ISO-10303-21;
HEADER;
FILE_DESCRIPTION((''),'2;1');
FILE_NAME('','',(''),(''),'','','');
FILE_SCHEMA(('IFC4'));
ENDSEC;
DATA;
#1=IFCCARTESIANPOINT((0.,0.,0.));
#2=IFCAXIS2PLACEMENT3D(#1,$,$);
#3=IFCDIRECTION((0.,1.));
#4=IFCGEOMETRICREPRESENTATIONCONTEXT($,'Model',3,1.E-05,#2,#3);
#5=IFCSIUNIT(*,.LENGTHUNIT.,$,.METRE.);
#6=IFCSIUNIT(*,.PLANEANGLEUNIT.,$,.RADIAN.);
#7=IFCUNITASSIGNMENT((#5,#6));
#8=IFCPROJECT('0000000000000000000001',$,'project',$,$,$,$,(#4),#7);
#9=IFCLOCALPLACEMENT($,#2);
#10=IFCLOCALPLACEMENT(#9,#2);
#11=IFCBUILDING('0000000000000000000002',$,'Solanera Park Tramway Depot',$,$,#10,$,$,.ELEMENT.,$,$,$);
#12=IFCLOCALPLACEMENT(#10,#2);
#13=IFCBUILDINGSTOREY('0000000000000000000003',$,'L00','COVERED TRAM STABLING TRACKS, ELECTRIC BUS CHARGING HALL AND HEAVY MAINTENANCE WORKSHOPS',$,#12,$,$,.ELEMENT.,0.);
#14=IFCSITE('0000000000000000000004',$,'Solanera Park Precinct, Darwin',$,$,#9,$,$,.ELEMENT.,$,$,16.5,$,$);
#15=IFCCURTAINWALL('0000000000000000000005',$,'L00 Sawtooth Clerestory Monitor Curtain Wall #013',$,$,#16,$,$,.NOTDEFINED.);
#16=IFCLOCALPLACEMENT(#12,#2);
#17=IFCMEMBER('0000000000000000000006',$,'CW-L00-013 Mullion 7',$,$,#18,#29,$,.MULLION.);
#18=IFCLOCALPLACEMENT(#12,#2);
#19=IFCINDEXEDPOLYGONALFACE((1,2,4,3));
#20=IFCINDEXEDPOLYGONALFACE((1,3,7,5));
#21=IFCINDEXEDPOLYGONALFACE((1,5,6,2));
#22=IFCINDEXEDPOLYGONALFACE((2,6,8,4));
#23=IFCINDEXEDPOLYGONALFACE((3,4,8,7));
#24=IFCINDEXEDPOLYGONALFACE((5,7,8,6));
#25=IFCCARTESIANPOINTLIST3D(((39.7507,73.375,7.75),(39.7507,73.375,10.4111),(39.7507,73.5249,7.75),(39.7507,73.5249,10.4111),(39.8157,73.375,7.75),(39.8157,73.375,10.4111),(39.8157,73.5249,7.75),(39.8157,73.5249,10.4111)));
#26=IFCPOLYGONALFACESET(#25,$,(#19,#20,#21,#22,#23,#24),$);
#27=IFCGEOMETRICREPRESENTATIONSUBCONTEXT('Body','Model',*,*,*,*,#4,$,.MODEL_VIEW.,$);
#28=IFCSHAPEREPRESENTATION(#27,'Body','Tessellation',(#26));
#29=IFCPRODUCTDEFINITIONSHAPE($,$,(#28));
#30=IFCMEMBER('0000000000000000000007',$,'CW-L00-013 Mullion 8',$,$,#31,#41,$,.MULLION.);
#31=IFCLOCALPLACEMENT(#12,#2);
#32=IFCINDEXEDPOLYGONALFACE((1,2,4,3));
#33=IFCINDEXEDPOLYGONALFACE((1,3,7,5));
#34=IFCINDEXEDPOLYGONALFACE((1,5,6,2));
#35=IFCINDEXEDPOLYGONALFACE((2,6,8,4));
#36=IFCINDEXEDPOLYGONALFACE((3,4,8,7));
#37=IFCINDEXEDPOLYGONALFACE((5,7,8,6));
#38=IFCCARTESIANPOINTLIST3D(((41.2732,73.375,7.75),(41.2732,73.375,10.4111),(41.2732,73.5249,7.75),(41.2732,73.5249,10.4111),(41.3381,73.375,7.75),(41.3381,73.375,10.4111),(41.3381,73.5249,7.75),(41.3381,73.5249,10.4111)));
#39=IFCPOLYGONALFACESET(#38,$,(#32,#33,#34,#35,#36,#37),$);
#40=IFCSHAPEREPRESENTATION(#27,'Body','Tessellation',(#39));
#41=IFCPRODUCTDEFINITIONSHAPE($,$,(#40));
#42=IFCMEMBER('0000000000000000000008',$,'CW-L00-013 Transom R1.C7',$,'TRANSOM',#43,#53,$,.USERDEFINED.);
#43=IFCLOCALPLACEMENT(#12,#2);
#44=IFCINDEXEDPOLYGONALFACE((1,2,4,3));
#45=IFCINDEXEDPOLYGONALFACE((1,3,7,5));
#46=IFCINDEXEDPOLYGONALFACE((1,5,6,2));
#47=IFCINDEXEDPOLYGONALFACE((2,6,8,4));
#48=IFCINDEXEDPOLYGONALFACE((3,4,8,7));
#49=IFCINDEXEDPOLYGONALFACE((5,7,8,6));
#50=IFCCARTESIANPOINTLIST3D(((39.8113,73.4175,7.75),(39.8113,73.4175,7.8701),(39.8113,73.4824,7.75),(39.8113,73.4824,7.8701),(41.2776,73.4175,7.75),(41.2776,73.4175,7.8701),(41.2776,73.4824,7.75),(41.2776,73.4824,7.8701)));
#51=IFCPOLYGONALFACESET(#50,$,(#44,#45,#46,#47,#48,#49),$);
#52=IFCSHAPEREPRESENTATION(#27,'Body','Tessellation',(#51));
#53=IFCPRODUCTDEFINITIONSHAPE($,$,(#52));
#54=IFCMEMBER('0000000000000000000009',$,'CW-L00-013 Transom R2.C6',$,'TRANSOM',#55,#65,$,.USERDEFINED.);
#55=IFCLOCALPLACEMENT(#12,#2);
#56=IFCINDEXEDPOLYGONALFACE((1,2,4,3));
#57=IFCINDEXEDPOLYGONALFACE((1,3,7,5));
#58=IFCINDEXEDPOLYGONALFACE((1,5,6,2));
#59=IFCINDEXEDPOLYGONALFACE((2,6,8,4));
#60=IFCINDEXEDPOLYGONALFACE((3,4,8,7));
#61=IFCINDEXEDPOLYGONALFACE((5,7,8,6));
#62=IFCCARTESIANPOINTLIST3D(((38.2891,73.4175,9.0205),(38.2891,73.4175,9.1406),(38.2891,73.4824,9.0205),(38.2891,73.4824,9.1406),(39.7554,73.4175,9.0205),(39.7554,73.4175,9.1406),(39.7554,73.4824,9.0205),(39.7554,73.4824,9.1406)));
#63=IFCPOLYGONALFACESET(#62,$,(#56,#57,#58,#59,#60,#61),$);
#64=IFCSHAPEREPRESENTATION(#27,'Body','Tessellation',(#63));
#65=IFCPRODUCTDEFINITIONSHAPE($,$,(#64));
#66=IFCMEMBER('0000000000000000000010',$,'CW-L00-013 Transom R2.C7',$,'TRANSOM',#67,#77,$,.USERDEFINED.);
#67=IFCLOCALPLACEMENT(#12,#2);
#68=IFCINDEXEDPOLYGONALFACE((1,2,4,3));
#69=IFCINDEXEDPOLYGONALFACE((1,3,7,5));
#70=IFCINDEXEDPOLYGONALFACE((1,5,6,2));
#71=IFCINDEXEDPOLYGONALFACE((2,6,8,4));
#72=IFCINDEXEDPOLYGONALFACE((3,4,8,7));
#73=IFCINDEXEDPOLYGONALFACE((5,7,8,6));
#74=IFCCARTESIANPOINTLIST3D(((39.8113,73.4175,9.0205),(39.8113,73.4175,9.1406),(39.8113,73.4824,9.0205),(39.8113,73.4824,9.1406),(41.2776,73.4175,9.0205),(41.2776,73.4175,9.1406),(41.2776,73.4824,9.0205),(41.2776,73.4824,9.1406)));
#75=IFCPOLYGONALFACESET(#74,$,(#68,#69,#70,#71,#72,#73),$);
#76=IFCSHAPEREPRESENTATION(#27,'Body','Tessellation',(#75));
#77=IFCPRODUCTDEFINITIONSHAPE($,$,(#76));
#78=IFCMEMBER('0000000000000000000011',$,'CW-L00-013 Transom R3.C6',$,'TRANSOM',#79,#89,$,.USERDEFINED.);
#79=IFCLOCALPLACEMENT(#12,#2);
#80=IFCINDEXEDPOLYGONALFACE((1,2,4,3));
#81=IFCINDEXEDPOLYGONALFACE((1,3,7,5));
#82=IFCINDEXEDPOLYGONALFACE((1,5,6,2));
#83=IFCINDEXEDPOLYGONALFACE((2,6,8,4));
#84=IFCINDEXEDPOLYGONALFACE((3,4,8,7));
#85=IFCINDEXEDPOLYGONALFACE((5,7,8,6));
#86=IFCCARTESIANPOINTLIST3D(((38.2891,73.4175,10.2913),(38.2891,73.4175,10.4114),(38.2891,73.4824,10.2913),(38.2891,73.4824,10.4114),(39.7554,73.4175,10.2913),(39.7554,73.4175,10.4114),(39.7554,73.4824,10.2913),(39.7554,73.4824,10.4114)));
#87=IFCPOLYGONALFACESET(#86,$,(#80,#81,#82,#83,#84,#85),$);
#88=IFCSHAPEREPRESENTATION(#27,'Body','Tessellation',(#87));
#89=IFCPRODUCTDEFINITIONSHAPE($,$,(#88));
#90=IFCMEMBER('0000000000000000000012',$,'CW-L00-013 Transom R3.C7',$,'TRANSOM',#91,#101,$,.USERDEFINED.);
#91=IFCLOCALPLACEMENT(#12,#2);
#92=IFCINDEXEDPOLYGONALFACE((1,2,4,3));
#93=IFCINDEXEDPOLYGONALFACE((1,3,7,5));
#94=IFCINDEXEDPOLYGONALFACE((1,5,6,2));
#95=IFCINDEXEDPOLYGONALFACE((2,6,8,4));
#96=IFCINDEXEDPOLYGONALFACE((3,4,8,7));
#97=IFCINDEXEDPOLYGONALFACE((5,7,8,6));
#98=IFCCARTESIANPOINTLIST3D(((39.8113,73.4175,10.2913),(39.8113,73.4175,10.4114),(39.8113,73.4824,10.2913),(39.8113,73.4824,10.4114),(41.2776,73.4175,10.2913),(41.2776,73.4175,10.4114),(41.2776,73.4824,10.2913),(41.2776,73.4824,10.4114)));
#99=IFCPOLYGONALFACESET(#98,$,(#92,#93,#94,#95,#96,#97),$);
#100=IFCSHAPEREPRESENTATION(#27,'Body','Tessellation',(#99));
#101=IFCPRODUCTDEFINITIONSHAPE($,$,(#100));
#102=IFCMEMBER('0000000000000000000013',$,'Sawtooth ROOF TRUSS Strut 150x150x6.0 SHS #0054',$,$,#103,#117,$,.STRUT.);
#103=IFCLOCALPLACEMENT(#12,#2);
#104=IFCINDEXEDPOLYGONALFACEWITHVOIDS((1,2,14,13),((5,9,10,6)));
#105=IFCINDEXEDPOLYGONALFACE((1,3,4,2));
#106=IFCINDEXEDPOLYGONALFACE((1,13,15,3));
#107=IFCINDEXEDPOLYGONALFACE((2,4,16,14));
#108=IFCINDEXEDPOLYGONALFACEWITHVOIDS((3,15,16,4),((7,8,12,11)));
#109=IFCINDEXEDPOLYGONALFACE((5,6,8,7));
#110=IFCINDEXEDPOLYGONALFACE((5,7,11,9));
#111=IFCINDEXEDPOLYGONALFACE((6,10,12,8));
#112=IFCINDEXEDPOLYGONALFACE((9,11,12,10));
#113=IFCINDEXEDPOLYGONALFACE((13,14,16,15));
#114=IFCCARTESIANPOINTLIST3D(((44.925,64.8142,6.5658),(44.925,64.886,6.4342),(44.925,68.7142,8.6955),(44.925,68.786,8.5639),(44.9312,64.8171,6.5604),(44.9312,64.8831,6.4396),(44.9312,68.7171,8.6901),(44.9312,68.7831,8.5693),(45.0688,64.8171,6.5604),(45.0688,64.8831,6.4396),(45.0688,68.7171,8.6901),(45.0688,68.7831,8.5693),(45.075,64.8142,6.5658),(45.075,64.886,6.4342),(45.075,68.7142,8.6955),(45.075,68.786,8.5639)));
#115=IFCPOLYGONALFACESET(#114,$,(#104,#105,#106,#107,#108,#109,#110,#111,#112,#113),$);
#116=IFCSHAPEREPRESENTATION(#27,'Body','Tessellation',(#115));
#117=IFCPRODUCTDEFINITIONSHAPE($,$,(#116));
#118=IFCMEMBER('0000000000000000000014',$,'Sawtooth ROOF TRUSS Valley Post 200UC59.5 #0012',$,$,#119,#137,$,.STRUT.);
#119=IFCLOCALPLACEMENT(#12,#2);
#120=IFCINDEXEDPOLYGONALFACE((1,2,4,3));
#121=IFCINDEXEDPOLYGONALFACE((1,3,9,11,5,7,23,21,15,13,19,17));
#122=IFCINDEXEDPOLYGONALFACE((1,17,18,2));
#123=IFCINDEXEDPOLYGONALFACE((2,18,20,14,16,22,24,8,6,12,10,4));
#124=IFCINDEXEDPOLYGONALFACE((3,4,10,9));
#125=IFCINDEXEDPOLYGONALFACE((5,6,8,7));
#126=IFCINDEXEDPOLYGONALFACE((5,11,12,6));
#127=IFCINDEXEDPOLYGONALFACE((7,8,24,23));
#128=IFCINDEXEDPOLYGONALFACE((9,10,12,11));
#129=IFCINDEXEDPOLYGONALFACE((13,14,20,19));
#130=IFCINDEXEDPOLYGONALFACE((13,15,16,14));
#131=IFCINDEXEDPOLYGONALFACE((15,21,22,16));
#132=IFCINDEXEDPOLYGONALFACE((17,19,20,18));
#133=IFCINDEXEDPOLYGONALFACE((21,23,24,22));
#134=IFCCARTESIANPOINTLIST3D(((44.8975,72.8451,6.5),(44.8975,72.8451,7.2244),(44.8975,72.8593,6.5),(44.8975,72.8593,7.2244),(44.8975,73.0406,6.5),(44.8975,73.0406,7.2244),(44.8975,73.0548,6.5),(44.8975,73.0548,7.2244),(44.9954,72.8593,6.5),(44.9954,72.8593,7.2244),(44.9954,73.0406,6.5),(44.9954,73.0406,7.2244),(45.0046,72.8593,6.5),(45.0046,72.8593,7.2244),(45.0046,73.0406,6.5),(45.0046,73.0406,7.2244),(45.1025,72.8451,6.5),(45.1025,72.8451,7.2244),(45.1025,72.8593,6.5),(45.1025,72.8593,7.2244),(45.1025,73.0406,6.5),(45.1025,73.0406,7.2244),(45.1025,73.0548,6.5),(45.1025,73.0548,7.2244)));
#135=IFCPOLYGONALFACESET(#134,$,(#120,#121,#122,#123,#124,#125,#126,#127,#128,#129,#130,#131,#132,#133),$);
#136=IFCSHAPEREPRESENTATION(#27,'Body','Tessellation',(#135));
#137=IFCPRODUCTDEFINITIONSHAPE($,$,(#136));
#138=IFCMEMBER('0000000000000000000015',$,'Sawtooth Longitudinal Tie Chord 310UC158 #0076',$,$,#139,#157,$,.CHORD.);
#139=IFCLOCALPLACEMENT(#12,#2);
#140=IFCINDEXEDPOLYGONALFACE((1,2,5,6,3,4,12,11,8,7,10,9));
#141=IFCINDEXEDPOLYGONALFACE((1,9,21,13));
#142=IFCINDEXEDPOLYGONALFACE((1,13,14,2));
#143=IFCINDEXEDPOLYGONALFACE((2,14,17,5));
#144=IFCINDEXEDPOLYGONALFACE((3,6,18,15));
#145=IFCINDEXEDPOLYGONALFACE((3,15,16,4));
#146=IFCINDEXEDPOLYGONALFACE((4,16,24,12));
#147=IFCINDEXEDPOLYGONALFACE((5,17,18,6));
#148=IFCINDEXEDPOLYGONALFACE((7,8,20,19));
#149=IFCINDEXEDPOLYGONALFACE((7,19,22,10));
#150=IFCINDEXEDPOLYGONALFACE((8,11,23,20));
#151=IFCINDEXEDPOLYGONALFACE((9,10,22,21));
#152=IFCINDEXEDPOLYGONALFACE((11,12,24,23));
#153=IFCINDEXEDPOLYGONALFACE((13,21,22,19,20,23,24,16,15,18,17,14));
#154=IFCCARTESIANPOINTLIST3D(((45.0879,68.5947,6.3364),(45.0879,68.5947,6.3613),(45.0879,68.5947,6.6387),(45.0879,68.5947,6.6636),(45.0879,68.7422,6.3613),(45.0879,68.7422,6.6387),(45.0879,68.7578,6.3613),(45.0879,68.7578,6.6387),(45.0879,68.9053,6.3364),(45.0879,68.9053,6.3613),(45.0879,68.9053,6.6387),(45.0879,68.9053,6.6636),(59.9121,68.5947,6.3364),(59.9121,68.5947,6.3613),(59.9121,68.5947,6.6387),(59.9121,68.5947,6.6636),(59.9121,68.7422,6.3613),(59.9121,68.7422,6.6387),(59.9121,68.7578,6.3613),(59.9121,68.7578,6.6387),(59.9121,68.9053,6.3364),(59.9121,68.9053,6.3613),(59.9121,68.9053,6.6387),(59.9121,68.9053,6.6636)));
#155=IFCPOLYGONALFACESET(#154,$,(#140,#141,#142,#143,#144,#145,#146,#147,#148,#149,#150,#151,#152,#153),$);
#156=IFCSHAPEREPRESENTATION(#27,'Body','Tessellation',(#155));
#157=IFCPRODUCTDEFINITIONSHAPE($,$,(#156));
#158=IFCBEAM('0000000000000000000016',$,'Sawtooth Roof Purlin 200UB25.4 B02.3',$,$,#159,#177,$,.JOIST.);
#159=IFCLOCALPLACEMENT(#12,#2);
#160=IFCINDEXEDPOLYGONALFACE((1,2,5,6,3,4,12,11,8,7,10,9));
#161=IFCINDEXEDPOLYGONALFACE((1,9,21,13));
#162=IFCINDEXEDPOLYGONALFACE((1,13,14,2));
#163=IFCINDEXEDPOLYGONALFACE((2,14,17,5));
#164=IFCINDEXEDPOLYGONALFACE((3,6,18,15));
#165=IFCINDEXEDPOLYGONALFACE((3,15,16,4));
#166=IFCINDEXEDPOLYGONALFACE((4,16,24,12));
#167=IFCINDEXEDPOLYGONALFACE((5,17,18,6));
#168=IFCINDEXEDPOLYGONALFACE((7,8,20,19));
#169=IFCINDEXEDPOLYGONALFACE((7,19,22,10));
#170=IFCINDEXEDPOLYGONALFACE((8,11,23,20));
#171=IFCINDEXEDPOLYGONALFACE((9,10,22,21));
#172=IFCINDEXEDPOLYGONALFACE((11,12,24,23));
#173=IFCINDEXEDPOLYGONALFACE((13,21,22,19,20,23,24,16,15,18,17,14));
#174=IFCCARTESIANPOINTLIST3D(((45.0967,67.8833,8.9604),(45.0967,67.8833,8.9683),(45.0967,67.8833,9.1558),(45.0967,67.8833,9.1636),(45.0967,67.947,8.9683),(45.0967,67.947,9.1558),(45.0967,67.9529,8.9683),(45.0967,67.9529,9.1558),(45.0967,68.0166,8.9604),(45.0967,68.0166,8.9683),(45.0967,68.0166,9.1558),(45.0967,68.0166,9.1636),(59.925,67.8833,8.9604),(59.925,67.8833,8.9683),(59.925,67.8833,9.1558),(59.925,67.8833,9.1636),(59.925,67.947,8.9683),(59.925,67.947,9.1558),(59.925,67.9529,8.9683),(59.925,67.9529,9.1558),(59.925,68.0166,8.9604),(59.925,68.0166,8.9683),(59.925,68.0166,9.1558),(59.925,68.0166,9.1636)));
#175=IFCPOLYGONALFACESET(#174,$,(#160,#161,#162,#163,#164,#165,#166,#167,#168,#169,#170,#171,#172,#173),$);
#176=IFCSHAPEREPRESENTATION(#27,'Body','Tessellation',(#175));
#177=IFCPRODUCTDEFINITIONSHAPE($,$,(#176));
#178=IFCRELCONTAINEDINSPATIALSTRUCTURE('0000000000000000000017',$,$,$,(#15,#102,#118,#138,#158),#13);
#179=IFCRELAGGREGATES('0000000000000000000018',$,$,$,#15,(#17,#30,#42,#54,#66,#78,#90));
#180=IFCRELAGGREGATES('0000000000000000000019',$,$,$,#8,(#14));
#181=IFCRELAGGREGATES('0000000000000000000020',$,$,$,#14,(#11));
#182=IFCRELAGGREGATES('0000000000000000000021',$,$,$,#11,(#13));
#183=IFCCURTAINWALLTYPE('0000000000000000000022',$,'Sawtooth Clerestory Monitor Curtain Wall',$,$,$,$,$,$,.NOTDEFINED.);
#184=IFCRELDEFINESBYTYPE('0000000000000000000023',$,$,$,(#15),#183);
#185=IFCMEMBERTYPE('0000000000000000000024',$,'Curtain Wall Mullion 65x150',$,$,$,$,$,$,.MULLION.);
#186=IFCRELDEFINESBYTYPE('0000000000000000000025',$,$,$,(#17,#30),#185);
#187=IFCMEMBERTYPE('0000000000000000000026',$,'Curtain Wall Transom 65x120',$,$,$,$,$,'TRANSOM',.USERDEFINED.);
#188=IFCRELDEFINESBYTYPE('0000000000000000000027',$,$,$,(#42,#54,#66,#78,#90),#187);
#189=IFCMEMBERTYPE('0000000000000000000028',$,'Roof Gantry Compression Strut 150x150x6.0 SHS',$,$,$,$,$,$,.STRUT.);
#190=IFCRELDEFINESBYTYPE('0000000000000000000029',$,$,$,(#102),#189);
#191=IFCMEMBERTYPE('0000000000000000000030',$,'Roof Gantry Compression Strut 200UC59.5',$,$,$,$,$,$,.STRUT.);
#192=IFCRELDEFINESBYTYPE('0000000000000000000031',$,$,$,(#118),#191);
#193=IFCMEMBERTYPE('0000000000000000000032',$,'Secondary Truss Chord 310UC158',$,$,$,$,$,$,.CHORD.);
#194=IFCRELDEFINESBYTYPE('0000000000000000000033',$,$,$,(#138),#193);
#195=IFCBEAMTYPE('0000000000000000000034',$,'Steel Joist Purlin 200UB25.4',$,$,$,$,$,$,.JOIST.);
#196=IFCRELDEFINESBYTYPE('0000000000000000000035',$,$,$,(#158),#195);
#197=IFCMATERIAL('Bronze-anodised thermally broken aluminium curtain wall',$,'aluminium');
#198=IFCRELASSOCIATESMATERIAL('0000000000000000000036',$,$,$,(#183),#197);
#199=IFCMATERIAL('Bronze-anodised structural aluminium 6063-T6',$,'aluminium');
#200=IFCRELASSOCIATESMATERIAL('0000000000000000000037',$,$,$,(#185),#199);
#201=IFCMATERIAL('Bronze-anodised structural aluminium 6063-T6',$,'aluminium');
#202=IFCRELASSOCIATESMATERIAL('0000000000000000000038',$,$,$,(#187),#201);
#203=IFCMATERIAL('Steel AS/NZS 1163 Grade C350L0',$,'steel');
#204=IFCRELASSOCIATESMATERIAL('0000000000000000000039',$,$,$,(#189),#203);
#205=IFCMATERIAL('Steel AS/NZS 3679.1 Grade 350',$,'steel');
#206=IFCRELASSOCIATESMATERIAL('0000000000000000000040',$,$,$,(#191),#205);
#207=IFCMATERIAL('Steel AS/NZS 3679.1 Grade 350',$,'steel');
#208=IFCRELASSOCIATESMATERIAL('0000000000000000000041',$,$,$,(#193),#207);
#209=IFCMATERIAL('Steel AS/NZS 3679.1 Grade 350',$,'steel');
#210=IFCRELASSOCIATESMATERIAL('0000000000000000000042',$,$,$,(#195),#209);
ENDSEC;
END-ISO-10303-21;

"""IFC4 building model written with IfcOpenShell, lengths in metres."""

from ifc_helpers import new_model, si_unit, direction, frame, origin, origin_2d, place, context, subcontext, project, spatial, rectangle, hollow_rectangle, i_section, extrude, material, material_profile, profile_set, type_object, element, aggregate, save


model = new_model("IFC4")

# Units and contexts
model_context = context("Model", 3, precision=1e-05, world=origin(), true_north=direction((0.0, 1.0)))
body_context = subcontext(model_context, "Body", "Model", "MODEL_VIEW")
ifc_project = project(units=[si_unit("LENGTHUNIT", "METRE"), si_unit("PLANEANGLEUNIT", "RADIAN")], contexts=[model_context])

# Site, building, storey
site_placement = place(None, origin())
site = spatial("IfcSite", under=ifc_project, at=site_placement, Name="Solanera Park Precinct, Darwin", CompositionType="ELEMENT", RefElevation=16.5)
building_placement = place(site_placement, origin())
building = spatial("IfcBuilding", under=site, at=building_placement, Name="Solanera Park Tramway Depot", CompositionType="ELEMENT")
storey_placement = place(building_placement, origin())
storey = spatial("IfcBuildingStorey", under=building, at=storey_placement, Name="L00", Description="COVERED TRAM STABLING TRACKS, ELECTRIC BUS CHARGING HALL AND HEAVY MAINTENANCE WORKSHOPS", CompositionType="ELEMENT", Elevation=0.0)

# Curtain wall, members
ifc_material_1 = material(Name="Bronze-anodised thermally broken aluminium curtain wall", Category="aluminium")
curtain_wall_type = type_object("IfcCurtainWallType", Name="Sawtooth Clerestory Monitor Curtain Wall", PredefinedType="NOTDEFINED", material=ifc_material_1)
curtain_wall_placement = place(storey_placement, origin())
curtain_wall = element("IfcCurtainWall", 1, at=curtain_wall_placement, inside=storey, type_object=curtain_wall_type, Name="L00 Sawtooth Clerestory Monitor Curtain Wall #013", PredefinedType="NOTDEFINED")
ifc_material_2 = material(Name="Bronze-anodised structural aluminium 6063-T6", Category="aluminium")
ifc_material_profile_1 = material_profile(ifc_material_2, rectangle(XDim=0.0649, YDim=0.1499, at=origin_2d()), Name="Curtain Wall Mullion 65x150")
ifc_profile_set_1 = profile_set([ifc_material_profile_1], Name="Bronze-anodised structural aluminium 6063-T6")
member_type_1 = type_object("IfcMemberType", Name="Curtain Wall Mullion 65x150", PredefinedType="MULLION", material=ifc_profile_set_1)
member_1_placement = place(storey_placement, frame((39.7832, 73.45, 7.75), z_axis=(0.0, 0.0, 1.0), x_axis=(1.0, 0.0, 0.0)))
member_1 = element("IfcMember", 2, at=member_1_placement, type_object=member_type_1, Name="CW-L00-013 Mullion 7", PredefinedType="MULLION", context=body_context, shape_type="SweptSolid", body=[
    extrude(rectangle(XDim=0.0649, YDim=0.1499, at=origin_2d()), origin(), (0.0, 0.0, 1.0), 2.6611),
])
member_2_placement = place(storey_placement, frame((41.3057, 73.45, 7.75), z_axis=(0.0, 0.0, 1.0), x_axis=(1.0, 0.0, 0.0)))
member_2 = element("IfcMember", 3, at=member_2_placement, type_object=member_type_1, Name="CW-L00-013 Mullion 8", PredefinedType="MULLION", context=body_context, shape_type="SweptSolid", body=[
    extrude(rectangle(XDim=0.0649, YDim=0.1499, at=origin_2d()), origin(), (0.0, 0.0, 1.0), 2.6611),
])
ifc_material_3 = material(Name="Bronze-anodised structural aluminium 6063-T6", Category="aluminium")
ifc_material_profile_2 = material_profile(ifc_material_3, rectangle(XDim=0.0649, YDim=0.1201, at=origin_2d()), Name="Curtain Wall Transom 65x120")
ifc_profile_set_2 = profile_set([ifc_material_profile_2], Name="Bronze-anodised structural aluminium 6063-T6")
member_type_2 = type_object("IfcMemberType", Name="Curtain Wall Transom 65x120", ElementType="TRANSOM", PredefinedType="USERDEFINED", material=ifc_profile_set_2)
member_3_placement = place(storey_placement, frame((39.8113, 73.45, 7.8101), z_axis=(1.0, 0.0, 0.0), x_axis=(0.0, 1.0, 0.0)))
member_3 = element("IfcMember", 4, at=member_3_placement, type_object=member_type_2, Name="CW-L00-013 Transom R1.C7", ObjectType="TRANSOM", PredefinedType="USERDEFINED", context=body_context, shape_type="SweptSolid", body=[
    extrude(rectangle(XDim=0.0649, YDim=0.1201, at=origin_2d()), origin(), (0.0, 0.0, 1.0), 1.4663),
])
member_4_placement = place(storey_placement, frame((38.2891, 73.45, 9.0806), z_axis=(1.0, 0.0, 0.0), x_axis=(0.0, 1.0, 0.0)))
member_4 = element("IfcMember", 5, at=member_4_placement, type_object=member_type_2, Name="CW-L00-013 Transom R2.C6", ObjectType="TRANSOM", PredefinedType="USERDEFINED", context=body_context, shape_type="SweptSolid", body=[
    extrude(rectangle(XDim=0.0649, YDim=0.1201, at=origin_2d()), origin(), (0.0, 0.0, 1.0), 1.4663),
])
member_5_placement = place(storey_placement, frame((39.8113, 73.45, 9.0806), z_axis=(1.0, 0.0, 0.0), x_axis=(0.0, 1.0, 0.0)))
member_5 = element("IfcMember", 6, at=member_5_placement, type_object=member_type_2, Name="CW-L00-013 Transom R2.C7", ObjectType="TRANSOM", PredefinedType="USERDEFINED", context=body_context, shape_type="SweptSolid", body=[
    extrude(rectangle(XDim=0.0649, YDim=0.1201, at=origin_2d()), origin(), (0.0, 0.0, 1.0), 1.4663),
])
member_6_placement = place(storey_placement, frame((38.2891, 73.45, 10.3513), z_axis=(1.0, 0.0, 0.0), x_axis=(0.0, 1.0, 0.0)))
member_6 = element("IfcMember", 7, at=member_6_placement, type_object=member_type_2, Name="CW-L00-013 Transom R3.C6", ObjectType="TRANSOM", PredefinedType="USERDEFINED", context=body_context, shape_type="SweptSolid", body=[
    extrude(rectangle(XDim=0.0649, YDim=0.1201, at=origin_2d()), origin(), (0.0, 0.0, 1.0), 1.4663),
])
member_7_placement = place(storey_placement, frame((39.8113, 73.45, 10.3513), z_axis=(1.0, 0.0, 0.0), x_axis=(0.0, 1.0, 0.0)))
member_7 = element("IfcMember", 8, at=member_7_placement, type_object=member_type_2, Name="CW-L00-013 Transom R3.C7", ObjectType="TRANSOM", PredefinedType="USERDEFINED", context=body_context, shape_type="SweptSolid", body=[
    extrude(rectangle(XDim=0.0649, YDim=0.1201, at=origin_2d()), origin(), (0.0, 0.0, 1.0), 1.4663),
])

# Members
ifc_material_4 = material(Name="Steel AS/NZS 1163 Grade C350L0", Category="steel")
ifc_material_profile_3 = material_profile(ifc_material_4, hollow_rectangle(XDim=0.1499, YDim=0.1499, WallThickness=0.0061, at=origin_2d()), Name="150x150x6.0 SHS")
ifc_profile_set_3 = profile_set([ifc_material_profile_3], Name="Steel AS/NZS 1163 Grade C350L0")
member_type_3 = type_object("IfcMemberType", Name="Roof Gantry Compression Strut 150x150x6.0 SHS", PredefinedType="STRUT", material=ifc_profile_set_3)
member_8_placement = place(storey_placement, frame((45.0, 64.8501, 6.5), z_axis=(0.0, 0.877667, 0.479272), x_axis=(-1.0, 0.0, 0.0)))
element("IfcMember", 9, at=member_8_placement, inside=storey, type_object=member_type_3, Name="Sawtooth ROOF TRUSS Strut 150x150x6.0 SHS #0054", PredefinedType="STRUT", context=body_context, shape_type="SweptSolid", body=[
    extrude(hollow_rectangle(XDim=0.1499, YDim=0.1499, WallThickness=0.0061, at=origin_2d()), origin(), (0.0, 0.0, 1.0), 4.4436),
])
ifc_material_5 = material(Name="Steel AS/NZS 3679.1 Grade 350", Category="steel")
ifc_material_profile_4 = material_profile(ifc_material_5, i_section(OverallWidth=0.2051, OverallDepth=0.2097, WebThickness=0.0093, FlangeThickness=0.0142, at=origin_2d()), Name="200UC59.5")
ifc_profile_set_4 = profile_set([ifc_material_profile_4], Name="Steel AS/NZS 3679.1 Grade 350")
member_type_4 = type_object("IfcMemberType", Name="Roof Gantry Compression Strut 200UC59.5", PredefinedType="STRUT", material=ifc_profile_set_4)
member_9_placement = place(storey_placement, frame((45.0, 72.95, 6.5), z_axis=(0.0, 0.0, 1.0), x_axis=(1.0, 0.0, 0.0)))
element("IfcMember", 10, at=member_9_placement, inside=storey, type_object=member_type_4, Name="Sawtooth ROOF TRUSS Valley Post 200UC59.5 #0012", PredefinedType="STRUT", context=body_context, shape_type="SweptSolid", body=[
    extrude(i_section(OverallWidth=0.2051, OverallDepth=0.2097, WebThickness=0.0093, FlangeThickness=0.0142, at=origin_2d()), origin(), (0.0, 0.0, 1.0), 0.7244),
])
ifc_material_6 = material(Name="Steel AS/NZS 3679.1 Grade 350", Category="steel")
ifc_material_profile_5 = material_profile(ifc_material_6, i_section(OverallWidth=0.3105, OverallDepth=0.3271, WebThickness=0.0156, FlangeThickness=0.0249, at=origin_2d()), Name="310UC158")
ifc_profile_set_5 = profile_set([ifc_material_profile_5], Name="Steel AS/NZS 3679.1 Grade 350")
member_type_5 = type_object("IfcMemberType", Name="Secondary Truss Chord 310UC158", PredefinedType="CHORD", material=ifc_profile_set_5)
member_10_placement = place(storey_placement, frame((45.0879, 68.75, 6.5), z_axis=(1.0, 0.0, 0.0), x_axis=(0.0, 1.0, 0.0)))
element("IfcMember", 11, at=member_10_placement, inside=storey, type_object=member_type_5, Name="Sawtooth Longitudinal Tie Chord 310UC158 #0076", PredefinedType="CHORD", context=body_context, shape_type="SweptSolid", body=[
    extrude(i_section(OverallWidth=0.3105, OverallDepth=0.3271, WebThickness=0.0156, FlangeThickness=0.0249, at=origin_2d()), origin(), (0.0, 0.0, 1.0), 14.8242),
])

# Beam
ifc_material_7 = material(Name="Steel AS/NZS 3679.1 Grade 350", Category="steel")
ifc_material_profile_6 = material_profile(ifc_material_7, i_section(OverallWidth=0.1333, OverallDepth=0.2031, WebThickness=0.0059, FlangeThickness=0.0078, at=origin_2d()), Name="200UB25.4")
ifc_profile_set_6 = profile_set([ifc_material_profile_6], Name="Steel AS/NZS 3679.1 Grade 350")
beam_type_1 = type_object("IfcBeamType", Name="Steel Joist Purlin 200UB25.4", PredefinedType="JOIST", material=ifc_profile_set_6)
beam_1_placement = place(storey_placement, frame((45.0967, 67.95, 9.062), z_axis=(1.0, 0.0, 0.0), x_axis=(0.0, 1.0, 0.0)))
element("IfcBeam", 12, at=beam_1_placement, inside=storey, type_object=beam_type_1, Name="Sawtooth Roof Purlin 200UB25.4 B02.3", PredefinedType="JOIST", context=body_context, shape_type="SweptSolid", body=[
    extrude(i_section(OverallWidth=0.1333, OverallDepth=0.2031, WebThickness=0.0059, FlangeThickness=0.0078, at=origin_2d()), origin(), (0.0, 0.0, 1.0), 14.8284),
])

aggregate(curtain_wall, [member_1, member_2, member_3, member_4, member_5, member_6, member_7])

save(model, "model.ifc")
